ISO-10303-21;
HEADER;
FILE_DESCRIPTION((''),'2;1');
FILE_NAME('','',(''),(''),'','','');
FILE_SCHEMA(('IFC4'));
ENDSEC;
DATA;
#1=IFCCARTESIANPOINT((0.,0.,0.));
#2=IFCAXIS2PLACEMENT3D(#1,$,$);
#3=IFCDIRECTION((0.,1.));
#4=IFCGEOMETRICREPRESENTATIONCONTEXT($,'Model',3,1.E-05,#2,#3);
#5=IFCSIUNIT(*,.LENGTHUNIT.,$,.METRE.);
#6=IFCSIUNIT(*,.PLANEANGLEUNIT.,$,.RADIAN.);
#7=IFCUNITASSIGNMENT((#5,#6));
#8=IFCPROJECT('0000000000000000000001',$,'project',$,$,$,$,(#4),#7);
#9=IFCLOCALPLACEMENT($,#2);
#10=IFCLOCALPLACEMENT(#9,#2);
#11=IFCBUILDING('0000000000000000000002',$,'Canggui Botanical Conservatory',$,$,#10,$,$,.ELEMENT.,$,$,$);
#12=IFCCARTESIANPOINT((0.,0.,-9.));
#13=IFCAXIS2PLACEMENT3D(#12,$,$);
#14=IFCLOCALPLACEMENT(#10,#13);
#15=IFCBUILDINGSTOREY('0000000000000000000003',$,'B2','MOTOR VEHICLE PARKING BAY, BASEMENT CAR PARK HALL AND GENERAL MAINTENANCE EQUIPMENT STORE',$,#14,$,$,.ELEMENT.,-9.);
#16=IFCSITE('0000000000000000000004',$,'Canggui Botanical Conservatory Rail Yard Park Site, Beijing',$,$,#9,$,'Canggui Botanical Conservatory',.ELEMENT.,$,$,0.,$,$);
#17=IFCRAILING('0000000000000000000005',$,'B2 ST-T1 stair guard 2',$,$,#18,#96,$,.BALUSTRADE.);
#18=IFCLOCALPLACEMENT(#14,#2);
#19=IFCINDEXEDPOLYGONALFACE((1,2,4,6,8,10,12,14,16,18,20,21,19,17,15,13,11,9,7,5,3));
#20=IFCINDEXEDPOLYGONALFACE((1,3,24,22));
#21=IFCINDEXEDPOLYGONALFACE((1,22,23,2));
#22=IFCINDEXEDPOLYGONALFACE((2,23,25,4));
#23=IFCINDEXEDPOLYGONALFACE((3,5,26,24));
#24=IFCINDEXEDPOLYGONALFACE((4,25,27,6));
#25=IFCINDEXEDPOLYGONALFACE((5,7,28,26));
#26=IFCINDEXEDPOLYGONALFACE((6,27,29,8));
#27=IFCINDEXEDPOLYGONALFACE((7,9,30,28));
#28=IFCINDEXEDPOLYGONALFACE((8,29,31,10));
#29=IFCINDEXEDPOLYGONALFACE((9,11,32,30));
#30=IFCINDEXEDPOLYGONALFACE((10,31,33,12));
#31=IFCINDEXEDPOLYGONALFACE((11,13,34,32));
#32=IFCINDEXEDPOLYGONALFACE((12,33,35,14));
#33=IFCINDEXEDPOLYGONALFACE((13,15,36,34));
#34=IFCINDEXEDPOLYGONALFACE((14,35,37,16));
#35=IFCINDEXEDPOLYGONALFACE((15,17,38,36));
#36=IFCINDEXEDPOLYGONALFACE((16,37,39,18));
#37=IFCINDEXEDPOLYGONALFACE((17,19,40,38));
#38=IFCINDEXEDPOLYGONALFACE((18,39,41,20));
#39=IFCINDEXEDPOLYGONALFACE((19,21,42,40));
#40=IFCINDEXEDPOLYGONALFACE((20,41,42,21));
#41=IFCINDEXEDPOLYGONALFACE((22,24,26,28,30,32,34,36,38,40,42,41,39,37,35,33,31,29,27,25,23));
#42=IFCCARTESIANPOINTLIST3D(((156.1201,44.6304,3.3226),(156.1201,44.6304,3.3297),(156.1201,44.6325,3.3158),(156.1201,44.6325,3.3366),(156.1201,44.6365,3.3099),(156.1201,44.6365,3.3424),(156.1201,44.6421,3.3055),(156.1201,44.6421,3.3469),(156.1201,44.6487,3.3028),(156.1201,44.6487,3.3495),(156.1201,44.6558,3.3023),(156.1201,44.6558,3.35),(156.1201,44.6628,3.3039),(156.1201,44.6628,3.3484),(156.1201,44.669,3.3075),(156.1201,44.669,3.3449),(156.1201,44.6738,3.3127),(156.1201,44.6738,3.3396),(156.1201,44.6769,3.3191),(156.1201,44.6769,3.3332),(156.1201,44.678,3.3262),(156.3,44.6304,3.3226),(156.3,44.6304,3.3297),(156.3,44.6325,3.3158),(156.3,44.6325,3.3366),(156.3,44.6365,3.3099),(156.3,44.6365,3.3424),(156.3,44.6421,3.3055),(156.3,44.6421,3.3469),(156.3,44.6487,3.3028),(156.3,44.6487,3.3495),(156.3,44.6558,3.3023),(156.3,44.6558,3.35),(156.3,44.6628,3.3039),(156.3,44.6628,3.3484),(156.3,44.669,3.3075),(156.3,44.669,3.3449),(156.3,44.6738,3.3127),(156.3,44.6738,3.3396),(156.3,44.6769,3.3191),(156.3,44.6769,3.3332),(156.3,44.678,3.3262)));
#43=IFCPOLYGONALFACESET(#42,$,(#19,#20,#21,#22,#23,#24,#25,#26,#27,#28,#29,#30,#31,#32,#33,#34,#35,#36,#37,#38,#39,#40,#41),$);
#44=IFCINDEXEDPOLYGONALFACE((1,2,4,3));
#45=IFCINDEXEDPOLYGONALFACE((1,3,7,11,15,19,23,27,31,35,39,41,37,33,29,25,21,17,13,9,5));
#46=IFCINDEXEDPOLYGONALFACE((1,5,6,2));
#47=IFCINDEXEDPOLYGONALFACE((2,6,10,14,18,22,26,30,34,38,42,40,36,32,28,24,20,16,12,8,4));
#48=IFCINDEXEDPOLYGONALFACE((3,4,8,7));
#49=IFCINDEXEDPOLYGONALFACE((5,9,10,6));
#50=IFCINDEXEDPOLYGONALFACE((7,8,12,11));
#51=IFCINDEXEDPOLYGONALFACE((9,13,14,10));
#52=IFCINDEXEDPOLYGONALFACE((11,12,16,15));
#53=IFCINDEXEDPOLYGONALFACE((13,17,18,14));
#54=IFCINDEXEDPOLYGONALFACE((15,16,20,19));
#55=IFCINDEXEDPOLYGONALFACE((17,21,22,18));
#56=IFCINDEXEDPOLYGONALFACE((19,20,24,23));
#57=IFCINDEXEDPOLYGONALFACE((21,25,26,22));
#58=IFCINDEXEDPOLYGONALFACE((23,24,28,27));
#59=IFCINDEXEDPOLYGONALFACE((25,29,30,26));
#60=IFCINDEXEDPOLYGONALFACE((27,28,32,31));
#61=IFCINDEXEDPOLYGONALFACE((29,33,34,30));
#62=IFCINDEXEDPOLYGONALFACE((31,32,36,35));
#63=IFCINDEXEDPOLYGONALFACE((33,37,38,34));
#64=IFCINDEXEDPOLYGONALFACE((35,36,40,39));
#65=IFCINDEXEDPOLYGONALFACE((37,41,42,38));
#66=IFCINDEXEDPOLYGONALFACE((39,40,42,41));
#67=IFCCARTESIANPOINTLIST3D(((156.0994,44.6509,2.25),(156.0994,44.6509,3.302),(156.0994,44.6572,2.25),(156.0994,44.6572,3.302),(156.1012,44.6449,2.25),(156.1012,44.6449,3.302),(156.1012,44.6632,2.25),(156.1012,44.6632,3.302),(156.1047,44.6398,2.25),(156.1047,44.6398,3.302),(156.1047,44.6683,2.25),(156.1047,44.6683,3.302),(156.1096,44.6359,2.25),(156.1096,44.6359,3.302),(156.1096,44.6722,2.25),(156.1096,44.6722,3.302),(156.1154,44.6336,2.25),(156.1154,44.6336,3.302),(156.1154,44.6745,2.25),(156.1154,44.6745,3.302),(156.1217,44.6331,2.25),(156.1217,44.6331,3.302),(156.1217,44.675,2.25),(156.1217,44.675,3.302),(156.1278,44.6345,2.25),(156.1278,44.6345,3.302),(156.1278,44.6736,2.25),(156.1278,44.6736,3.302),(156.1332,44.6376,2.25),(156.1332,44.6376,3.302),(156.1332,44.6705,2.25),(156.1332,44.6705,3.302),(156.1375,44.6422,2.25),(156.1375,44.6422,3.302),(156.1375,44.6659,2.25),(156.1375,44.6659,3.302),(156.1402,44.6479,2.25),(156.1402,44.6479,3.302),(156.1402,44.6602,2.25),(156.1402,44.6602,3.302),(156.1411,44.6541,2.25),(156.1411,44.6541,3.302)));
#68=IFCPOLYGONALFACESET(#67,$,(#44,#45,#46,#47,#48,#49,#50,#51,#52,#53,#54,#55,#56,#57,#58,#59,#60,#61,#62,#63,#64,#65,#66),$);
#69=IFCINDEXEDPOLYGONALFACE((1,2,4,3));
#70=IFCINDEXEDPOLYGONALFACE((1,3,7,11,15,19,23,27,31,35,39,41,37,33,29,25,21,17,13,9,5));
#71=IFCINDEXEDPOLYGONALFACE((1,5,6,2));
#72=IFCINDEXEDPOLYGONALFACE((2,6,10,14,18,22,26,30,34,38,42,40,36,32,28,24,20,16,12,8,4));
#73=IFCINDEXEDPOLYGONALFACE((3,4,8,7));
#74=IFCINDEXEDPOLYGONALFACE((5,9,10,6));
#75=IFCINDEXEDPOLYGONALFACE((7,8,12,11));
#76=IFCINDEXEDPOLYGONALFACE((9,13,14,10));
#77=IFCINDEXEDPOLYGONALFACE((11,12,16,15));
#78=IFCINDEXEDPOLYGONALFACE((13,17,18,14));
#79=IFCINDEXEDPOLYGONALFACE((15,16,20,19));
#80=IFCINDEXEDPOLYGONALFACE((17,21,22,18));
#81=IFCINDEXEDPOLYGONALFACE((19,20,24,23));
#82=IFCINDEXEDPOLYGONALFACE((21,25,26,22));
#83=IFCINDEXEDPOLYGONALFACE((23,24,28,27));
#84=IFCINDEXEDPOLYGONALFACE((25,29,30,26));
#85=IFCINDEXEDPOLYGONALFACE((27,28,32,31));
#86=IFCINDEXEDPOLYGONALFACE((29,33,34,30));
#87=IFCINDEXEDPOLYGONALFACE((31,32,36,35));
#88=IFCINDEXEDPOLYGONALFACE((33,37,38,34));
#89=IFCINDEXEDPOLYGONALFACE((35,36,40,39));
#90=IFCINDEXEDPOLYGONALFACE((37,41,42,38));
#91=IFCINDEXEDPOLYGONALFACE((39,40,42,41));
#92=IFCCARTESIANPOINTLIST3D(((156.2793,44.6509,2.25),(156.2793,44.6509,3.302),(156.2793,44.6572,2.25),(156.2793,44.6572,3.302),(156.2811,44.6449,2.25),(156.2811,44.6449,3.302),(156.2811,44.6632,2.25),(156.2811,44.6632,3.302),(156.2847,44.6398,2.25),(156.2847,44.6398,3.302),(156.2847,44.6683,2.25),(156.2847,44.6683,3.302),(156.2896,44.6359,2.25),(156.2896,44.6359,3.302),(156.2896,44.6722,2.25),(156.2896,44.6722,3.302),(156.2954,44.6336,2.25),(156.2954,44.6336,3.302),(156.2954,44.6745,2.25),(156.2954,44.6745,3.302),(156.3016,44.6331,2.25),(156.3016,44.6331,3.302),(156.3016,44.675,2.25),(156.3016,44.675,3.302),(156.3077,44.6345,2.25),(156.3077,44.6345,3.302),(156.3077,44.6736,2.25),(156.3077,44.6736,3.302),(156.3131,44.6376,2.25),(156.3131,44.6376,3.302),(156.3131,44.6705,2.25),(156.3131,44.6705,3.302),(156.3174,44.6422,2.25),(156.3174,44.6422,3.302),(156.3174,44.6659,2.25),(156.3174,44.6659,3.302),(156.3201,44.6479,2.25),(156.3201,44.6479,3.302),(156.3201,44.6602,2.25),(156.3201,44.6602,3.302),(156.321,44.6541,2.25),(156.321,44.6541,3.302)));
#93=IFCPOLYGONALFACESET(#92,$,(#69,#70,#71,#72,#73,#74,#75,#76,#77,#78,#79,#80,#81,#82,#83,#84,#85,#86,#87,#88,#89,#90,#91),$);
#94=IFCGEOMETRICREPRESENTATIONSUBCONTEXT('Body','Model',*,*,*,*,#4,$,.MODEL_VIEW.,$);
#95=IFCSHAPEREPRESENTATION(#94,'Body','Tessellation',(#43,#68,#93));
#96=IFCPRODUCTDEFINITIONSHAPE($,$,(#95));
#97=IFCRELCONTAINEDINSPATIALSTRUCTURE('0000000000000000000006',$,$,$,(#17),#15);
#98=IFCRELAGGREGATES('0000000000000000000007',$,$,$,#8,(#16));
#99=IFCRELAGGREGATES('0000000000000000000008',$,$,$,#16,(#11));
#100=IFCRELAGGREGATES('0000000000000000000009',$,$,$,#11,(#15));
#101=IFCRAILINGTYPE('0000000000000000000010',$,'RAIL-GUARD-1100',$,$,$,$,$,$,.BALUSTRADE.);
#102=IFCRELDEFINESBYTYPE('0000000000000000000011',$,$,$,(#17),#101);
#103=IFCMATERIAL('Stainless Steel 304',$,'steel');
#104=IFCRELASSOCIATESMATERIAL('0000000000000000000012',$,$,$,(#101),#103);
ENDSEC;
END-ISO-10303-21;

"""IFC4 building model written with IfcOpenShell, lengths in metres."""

from ifc_helpers import new_model, si_unit, direction, frame, origin, origin_2d, place, context, subcontext, project, spatial, circle, extrude, material, type_object, element, save


model = new_model("IFC4")

# Units and contexts
model_context = context("Model", 3, precision=1e-05, world=origin(), true_north=direction((0.0, 1.0)))
body_context = subcontext(model_context, "Body", "Model", "MODEL_VIEW")
ifc_project = project(units=[si_unit("LENGTHUNIT", "METRE"), si_unit("PLANEANGLEUNIT", "RADIAN")], contexts=[model_context])

# Site, building, storey
site_placement = place(None, origin())
site = spatial("IfcSite", under=ifc_project, at=site_placement, Name="Canggui Botanical Conservatory Rail Yard Park Site, Beijing", LongName="Canggui Botanical Conservatory", CompositionType="ELEMENT", RefElevation=0.0)
building_placement = place(site_placement, origin())
building = spatial("IfcBuilding", under=site, at=building_placement, Name="Canggui Botanical Conservatory", CompositionType="ELEMENT")
storey_placement = place(building_placement, frame((0.0, 0.0, -9.0)))
storey = spatial("IfcBuildingStorey", under=building, at=storey_placement, Name="B2", Description="MOTOR VEHICLE PARKING BAY, BASEMENT CAR PARK HALL AND GENERAL MAINTENANCE EQUIPMENT STORE", CompositionType="ELEMENT", Elevation=-9.0)

# Railing
ifc_material_1 = material(Name="Stainless Steel 304", Category="steel")
railing_type_1 = type_object("IfcRailingType", Name="RAIL-GUARD-1100", PredefinedType="BALUSTRADE", material=ifc_material_1)
railing_1_placement = place(storey_placement, frame((156.1201, 44.6541, 2.25)))
element("IfcRailing", 1, at=railing_1_placement, inside=storey, type_object=railing_type_1, Name="B2 ST-T1 stair guard 2", PredefinedType="BALUSTRADE", context=body_context, shape_type="SweptSolid", body=[
    extrude(circle(Radius=0.0239, at=origin_2d()), frame((0.0, 0.0, 1.0762), z_axis=(1.0, 0.0, 0.0), x_axis=(0.0, 1.0, 0.0)), (0.0, 0.0, 1.0), 0.1799),
    extrude(circle(Radius=0.021, at=origin_2d()), origin(), (0.0, 0.0, 1.0), 1.052),
    extrude(circle(Radius=0.021, at=origin_2d()), frame((0.1799, 0.0, 0.0)), (0.0, 0.0, 1.0), 1.052),
])

save(model, "model.ifc")
